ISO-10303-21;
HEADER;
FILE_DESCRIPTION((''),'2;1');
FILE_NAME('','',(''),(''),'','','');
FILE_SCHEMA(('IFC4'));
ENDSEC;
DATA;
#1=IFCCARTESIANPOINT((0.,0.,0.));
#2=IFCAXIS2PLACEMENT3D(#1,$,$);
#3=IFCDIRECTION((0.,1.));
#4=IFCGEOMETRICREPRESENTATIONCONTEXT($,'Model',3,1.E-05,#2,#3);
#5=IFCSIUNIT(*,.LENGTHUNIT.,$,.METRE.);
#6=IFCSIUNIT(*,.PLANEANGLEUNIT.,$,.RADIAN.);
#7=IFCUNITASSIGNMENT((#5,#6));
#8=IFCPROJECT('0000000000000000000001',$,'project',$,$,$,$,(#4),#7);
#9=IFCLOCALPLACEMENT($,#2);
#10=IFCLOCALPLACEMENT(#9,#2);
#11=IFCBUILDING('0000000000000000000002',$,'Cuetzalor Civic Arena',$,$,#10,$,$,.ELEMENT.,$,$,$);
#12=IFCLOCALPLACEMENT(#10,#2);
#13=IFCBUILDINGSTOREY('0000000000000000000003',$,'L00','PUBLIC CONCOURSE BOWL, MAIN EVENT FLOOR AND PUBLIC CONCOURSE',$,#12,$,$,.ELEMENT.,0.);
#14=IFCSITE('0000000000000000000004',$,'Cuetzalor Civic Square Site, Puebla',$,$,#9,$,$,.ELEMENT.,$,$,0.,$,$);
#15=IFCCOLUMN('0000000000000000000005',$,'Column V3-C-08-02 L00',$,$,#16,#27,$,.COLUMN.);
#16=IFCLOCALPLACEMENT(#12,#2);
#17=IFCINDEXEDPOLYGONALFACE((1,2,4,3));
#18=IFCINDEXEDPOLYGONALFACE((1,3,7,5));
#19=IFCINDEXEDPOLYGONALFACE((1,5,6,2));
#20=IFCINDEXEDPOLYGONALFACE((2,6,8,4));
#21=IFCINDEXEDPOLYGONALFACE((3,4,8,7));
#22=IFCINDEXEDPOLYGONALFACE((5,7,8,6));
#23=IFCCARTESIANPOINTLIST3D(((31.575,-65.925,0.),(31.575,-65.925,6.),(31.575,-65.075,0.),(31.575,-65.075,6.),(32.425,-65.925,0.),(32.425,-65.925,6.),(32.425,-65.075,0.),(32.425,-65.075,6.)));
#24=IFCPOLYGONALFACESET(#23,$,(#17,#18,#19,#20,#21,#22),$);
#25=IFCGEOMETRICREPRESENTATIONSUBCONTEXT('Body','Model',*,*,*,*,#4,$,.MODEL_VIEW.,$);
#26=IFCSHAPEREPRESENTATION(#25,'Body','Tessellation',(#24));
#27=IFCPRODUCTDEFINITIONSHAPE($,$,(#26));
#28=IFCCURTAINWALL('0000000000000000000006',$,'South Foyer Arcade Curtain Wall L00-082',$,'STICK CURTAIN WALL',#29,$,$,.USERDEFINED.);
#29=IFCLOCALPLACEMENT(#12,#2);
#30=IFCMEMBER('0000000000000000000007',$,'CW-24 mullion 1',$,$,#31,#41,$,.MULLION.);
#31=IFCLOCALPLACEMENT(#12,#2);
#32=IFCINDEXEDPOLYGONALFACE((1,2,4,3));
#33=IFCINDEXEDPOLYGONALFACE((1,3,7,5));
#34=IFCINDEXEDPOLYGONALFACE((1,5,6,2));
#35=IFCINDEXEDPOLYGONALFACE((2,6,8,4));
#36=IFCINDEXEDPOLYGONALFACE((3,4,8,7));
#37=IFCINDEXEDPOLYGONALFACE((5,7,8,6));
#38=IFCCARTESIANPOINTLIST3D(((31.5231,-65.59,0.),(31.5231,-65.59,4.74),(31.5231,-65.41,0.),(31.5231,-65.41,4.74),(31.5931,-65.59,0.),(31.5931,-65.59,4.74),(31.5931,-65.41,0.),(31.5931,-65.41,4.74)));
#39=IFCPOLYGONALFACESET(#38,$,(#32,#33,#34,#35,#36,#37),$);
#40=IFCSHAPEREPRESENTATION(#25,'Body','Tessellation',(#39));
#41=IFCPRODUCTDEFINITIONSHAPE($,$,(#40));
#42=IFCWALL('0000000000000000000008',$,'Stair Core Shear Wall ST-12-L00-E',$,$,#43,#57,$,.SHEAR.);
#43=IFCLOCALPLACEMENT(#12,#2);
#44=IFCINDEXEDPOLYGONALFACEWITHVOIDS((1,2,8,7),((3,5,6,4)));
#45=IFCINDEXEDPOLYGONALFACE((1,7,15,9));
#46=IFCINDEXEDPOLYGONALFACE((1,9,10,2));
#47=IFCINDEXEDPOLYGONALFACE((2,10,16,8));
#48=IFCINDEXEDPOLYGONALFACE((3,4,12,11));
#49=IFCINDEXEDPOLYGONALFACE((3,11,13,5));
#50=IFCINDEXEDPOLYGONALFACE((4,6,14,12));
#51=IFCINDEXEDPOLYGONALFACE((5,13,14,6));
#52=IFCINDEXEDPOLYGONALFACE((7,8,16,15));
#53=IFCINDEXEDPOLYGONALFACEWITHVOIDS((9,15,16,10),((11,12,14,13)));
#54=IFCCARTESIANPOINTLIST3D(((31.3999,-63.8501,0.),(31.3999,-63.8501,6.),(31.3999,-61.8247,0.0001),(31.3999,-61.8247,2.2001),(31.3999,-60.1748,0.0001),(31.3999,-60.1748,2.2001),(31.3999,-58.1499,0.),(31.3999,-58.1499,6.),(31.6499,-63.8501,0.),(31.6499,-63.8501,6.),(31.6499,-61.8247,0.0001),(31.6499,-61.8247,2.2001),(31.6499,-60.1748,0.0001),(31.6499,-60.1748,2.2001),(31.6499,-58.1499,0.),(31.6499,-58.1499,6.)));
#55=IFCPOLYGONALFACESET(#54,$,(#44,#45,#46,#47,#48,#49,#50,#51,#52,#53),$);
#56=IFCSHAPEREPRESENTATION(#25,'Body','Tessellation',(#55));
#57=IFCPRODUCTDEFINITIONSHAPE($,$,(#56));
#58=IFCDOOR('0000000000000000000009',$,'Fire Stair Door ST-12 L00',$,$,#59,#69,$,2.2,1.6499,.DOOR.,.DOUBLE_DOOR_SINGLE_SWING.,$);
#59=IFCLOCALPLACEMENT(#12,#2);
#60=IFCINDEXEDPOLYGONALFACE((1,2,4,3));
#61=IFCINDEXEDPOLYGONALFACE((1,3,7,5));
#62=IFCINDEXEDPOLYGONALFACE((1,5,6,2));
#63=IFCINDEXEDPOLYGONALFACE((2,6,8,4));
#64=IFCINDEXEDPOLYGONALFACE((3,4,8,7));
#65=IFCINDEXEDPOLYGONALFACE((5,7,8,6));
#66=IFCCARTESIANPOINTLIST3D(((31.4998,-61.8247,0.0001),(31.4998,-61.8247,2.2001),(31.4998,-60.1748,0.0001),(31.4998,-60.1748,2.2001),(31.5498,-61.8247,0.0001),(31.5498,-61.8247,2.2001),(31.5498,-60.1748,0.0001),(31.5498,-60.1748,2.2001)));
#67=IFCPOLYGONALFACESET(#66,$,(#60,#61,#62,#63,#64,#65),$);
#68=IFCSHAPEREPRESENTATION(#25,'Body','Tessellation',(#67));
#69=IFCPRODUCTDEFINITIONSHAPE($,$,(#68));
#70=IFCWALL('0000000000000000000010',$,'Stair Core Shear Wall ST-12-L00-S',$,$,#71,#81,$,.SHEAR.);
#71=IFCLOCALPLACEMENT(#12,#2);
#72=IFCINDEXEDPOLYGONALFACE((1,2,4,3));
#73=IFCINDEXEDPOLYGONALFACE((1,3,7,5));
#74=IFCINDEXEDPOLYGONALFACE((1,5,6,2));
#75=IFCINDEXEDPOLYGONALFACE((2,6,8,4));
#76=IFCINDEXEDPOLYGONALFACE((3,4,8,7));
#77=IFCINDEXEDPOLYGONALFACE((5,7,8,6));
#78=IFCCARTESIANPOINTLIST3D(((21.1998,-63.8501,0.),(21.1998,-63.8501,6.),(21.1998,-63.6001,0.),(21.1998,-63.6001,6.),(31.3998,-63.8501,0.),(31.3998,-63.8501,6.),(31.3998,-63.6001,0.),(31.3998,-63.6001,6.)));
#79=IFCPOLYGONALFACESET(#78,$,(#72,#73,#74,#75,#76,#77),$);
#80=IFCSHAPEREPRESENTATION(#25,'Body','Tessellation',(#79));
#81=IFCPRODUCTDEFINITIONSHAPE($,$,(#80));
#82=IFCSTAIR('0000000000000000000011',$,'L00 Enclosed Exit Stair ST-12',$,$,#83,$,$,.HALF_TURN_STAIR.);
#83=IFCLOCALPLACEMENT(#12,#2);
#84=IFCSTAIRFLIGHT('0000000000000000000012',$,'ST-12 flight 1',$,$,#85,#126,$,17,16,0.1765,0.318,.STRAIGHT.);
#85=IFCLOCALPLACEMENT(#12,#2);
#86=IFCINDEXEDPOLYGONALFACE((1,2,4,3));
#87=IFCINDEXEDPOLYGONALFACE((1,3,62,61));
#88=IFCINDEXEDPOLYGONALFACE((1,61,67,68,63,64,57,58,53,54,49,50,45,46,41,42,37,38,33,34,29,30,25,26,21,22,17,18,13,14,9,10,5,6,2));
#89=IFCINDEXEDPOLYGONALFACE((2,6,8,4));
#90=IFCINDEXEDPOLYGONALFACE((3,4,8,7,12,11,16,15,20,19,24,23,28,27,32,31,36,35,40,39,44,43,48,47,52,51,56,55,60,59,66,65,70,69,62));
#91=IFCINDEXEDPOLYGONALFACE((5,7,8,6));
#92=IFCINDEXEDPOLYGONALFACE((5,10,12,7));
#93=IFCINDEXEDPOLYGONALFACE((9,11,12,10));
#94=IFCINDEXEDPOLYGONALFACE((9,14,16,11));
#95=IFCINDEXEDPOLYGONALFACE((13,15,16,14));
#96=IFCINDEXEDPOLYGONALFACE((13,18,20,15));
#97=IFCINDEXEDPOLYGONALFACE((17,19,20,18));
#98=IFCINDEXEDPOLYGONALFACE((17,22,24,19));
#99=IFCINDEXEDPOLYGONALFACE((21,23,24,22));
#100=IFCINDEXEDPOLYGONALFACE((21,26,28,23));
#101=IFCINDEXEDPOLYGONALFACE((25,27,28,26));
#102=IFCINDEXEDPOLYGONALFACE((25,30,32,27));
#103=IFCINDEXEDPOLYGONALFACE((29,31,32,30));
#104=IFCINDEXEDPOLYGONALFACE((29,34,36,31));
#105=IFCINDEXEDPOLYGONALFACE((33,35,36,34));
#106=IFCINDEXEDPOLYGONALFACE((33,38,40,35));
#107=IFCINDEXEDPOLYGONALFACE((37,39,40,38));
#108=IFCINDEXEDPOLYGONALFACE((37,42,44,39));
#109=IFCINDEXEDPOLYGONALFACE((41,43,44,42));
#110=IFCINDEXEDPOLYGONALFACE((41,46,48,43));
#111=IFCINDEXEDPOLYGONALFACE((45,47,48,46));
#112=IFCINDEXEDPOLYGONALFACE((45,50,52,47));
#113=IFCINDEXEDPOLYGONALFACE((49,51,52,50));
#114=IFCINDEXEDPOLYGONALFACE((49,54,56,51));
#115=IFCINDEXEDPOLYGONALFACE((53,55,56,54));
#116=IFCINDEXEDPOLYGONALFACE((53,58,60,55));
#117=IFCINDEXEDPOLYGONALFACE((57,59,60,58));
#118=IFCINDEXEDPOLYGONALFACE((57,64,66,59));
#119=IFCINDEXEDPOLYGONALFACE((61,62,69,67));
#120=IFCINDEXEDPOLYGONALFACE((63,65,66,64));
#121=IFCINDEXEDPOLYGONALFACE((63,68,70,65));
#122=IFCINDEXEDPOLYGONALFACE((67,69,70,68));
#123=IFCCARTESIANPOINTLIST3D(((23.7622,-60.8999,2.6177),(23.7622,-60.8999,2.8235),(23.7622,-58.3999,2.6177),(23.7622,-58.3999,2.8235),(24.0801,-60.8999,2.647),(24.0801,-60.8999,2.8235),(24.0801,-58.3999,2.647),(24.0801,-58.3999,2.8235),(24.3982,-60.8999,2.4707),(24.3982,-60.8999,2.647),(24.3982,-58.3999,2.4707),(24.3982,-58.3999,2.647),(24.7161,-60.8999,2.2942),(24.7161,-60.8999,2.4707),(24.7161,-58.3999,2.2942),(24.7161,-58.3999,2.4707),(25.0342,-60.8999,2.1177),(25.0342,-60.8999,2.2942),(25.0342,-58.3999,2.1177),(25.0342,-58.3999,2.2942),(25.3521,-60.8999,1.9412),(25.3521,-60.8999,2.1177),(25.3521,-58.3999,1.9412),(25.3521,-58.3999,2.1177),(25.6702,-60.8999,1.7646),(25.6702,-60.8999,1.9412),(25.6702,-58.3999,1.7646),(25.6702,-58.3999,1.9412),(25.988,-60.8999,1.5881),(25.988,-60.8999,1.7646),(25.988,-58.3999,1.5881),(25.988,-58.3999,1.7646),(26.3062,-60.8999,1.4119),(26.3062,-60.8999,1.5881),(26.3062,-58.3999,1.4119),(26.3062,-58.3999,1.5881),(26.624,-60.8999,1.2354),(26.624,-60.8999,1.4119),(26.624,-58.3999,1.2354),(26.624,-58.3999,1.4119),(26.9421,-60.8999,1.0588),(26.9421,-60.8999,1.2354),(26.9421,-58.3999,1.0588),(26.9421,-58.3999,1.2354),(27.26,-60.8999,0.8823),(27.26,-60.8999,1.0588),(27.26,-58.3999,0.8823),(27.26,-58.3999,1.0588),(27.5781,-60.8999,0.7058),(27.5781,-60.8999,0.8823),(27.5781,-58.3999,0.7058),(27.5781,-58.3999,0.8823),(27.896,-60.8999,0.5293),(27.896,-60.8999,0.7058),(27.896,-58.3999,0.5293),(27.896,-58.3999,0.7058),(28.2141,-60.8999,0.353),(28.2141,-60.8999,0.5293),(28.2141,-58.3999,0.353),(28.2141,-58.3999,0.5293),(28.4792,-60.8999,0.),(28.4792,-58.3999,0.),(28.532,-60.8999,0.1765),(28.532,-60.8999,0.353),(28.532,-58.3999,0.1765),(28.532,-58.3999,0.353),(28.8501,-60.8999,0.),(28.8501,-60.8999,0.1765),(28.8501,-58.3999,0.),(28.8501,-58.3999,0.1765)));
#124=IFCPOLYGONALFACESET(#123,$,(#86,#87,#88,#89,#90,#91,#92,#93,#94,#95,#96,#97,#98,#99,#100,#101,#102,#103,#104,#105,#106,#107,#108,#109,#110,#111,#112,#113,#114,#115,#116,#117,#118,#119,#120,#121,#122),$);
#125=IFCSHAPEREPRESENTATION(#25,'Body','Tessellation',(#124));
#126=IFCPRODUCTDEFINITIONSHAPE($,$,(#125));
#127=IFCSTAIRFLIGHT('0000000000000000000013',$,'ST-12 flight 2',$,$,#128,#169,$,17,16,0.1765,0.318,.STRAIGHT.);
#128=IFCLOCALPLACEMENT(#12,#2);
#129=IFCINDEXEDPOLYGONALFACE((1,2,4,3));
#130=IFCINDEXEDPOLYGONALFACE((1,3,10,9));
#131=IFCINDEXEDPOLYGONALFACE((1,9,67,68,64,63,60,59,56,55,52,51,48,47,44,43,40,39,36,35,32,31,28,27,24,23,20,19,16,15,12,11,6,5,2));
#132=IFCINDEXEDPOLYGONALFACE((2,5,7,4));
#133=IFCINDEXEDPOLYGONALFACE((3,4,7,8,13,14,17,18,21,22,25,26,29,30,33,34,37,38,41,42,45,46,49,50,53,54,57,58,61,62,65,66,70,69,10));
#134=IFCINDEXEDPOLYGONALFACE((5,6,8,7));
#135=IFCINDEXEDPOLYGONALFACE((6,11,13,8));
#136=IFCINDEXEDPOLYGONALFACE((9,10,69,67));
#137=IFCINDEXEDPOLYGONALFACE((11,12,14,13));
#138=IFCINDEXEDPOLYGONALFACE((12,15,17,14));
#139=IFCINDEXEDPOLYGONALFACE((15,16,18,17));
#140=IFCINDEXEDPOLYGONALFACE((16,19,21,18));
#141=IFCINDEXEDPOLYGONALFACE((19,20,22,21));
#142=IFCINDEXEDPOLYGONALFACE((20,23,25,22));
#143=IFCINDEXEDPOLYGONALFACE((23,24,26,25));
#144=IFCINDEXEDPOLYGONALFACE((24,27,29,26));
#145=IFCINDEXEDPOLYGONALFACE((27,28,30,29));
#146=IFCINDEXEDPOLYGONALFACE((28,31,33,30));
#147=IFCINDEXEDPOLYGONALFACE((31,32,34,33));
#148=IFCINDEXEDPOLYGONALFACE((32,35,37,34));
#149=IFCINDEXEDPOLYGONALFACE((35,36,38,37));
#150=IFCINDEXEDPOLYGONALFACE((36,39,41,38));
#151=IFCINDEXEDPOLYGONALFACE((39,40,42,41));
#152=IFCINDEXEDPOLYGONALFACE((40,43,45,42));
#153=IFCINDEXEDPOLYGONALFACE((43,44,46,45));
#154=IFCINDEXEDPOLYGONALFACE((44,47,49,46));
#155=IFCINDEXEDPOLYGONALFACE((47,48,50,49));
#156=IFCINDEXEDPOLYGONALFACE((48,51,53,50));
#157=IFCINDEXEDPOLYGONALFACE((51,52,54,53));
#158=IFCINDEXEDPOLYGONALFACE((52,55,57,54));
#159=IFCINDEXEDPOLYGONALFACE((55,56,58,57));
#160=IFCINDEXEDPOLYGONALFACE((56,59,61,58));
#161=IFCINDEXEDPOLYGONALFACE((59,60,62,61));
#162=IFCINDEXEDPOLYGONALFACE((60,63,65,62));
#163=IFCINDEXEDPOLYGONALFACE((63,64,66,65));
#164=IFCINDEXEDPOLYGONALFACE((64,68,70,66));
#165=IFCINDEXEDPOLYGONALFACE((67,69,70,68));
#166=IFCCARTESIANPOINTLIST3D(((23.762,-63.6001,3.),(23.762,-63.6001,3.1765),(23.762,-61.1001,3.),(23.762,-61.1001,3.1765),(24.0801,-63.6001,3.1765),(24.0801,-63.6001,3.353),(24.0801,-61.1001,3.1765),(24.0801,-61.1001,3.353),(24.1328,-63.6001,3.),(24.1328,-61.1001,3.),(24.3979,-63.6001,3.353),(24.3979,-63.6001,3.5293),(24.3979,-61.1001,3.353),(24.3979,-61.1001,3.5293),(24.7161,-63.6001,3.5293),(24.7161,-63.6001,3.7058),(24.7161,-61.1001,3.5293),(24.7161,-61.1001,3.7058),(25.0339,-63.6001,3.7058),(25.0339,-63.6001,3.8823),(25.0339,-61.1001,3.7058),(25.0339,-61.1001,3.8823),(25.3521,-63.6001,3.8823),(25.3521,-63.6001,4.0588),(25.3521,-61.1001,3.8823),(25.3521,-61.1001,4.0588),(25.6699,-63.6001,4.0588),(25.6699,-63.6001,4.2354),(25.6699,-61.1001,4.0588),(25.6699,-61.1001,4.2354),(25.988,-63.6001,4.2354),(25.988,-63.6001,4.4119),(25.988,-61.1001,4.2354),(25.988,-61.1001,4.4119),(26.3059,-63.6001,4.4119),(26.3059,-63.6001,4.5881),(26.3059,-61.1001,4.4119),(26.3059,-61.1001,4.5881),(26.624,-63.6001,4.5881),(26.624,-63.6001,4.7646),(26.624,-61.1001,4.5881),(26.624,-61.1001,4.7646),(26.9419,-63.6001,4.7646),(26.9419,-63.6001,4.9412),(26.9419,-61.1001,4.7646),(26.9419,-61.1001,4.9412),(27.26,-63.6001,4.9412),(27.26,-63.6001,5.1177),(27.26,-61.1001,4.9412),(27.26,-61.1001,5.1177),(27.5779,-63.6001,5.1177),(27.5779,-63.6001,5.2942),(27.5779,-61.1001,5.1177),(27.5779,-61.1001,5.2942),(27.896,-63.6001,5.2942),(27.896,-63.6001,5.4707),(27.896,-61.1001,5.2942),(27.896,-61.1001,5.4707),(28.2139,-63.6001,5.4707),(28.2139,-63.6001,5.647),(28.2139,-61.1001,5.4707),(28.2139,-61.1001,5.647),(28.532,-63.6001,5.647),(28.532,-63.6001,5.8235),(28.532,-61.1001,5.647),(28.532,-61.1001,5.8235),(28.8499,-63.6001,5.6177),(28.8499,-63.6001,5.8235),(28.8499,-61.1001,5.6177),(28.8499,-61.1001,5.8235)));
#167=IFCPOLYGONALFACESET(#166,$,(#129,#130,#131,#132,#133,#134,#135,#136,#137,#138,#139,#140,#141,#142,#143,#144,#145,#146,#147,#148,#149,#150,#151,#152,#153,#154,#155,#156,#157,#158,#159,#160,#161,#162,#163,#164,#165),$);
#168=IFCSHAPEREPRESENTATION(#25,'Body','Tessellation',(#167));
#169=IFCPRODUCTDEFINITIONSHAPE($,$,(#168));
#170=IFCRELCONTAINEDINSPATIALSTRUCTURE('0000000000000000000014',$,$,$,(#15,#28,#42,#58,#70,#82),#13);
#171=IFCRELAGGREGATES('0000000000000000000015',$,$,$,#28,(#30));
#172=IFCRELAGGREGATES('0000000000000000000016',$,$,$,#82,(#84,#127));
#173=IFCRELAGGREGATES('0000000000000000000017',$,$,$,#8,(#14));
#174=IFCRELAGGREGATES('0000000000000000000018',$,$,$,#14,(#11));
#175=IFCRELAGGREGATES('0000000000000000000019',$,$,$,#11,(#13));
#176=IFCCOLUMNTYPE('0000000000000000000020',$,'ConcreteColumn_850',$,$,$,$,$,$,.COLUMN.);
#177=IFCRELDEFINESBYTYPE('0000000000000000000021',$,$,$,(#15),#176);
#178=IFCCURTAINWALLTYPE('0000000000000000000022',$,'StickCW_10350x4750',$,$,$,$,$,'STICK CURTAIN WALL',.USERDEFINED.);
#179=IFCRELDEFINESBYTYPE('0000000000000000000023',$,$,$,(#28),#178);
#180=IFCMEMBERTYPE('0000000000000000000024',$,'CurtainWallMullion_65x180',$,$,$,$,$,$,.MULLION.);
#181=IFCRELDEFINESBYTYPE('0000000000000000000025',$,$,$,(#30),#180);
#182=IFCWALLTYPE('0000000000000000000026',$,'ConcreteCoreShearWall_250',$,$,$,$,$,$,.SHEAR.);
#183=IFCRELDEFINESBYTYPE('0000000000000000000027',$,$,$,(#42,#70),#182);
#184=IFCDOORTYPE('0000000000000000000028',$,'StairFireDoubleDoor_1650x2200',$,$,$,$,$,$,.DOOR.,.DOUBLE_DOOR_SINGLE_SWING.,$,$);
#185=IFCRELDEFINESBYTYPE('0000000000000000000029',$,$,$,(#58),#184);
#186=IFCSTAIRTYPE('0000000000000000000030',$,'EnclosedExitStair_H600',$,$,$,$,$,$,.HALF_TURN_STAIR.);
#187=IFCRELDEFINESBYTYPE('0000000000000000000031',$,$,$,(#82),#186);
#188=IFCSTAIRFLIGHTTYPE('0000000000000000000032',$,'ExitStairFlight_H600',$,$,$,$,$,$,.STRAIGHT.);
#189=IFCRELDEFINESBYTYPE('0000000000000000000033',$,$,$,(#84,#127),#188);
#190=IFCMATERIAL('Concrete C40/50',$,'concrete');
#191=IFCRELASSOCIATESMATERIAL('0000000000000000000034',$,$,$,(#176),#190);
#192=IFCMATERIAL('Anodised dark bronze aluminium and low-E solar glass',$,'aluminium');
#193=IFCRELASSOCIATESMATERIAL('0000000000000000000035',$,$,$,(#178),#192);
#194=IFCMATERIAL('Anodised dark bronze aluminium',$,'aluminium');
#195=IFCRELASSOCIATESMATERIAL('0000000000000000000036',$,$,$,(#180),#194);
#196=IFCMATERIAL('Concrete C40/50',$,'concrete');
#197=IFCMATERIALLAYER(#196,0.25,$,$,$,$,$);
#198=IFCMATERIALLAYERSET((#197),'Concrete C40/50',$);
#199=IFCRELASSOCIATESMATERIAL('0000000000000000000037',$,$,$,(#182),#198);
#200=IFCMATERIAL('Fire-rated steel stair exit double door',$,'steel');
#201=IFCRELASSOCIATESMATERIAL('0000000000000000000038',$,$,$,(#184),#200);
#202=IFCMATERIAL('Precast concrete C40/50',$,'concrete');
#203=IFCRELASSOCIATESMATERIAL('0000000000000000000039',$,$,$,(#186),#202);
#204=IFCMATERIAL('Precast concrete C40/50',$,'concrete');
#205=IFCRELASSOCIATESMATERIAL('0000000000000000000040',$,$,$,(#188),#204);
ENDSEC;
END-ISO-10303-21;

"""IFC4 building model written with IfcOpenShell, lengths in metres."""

from ifc_helpers import new_model, si_unit, direction, frame, frame_2d, origin, origin_2d, place, context, subcontext, project, spatial, polyline, rectangle, outline, extrude, material, layer, layer_set, material_profile, profile_set, type_object, element, fill, aggregate, save


model = new_model("IFC4")

# Units and contexts
model_context = context("Model", 3, precision=1e-05, world=origin(), true_north=direction((0.0, 1.0)))
body_context = subcontext(model_context, "Body", "Model", "MODEL_VIEW")
ifc_project = project(units=[si_unit("LENGTHUNIT", "METRE"), si_unit("PLANEANGLEUNIT", "RADIAN")], contexts=[model_context])

# Site, building, storey
site_placement = place(None, origin())
site = spatial("IfcSite", under=ifc_project, at=site_placement, Name="Cuetzalor Civic Square Site, Puebla", CompositionType="ELEMENT", RefElevation=0.0)
building_placement = place(site_placement, origin())
building = spatial("IfcBuilding", under=site, at=building_placement, Name="Cuetzalor Civic Arena", CompositionType="ELEMENT")
storey_placement = place(building_placement, origin())
storey = spatial("IfcBuildingStorey", under=building, at=storey_placement, Name="L00", Description="PUBLIC CONCOURSE BOWL, MAIN EVENT FLOOR AND PUBLIC CONCOURSE", CompositionType="ELEMENT", Elevation=0.0)

# Column
ifc_material_1 = material(Name="Concrete C40/50", Category="concrete")
ifc_material_profile_1 = material_profile(ifc_material_1, rectangle(XDim=0.8501, YDim=0.8501, at=origin_2d()), Name="RC 850x850")
ifc_profile_set_1 = profile_set([ifc_material_profile_1], Name="Concrete C40/50")
column_type = type_object("IfcColumnType", Name="ConcreteColumn_850", PredefinedType="COLUMN", material=ifc_profile_set_1)
column_placement = place(storey_placement, frame((32.0, -65.5, 0.0), z_axis=(0.0, 0.0, 1.0), x_axis=(1.0, 0.0, 0.0)))
element("IfcColumn", 1, at=column_placement, inside=storey, type_object=column_type, Name="Column V3-C-08-02 L00", PredefinedType="COLUMN", context=body_context, shape_type="SweptSolid", body=[
    extrude(rectangle(XDim=0.8501, YDim=0.8501, at=origin_2d()), origin(), (0.0, 0.0, 1.0), 6.0),
])

# Curtain wall, member
ifc_material_2 = material(Name="Anodised dark bronze aluminium and low-E solar glass", Category="aluminium")
curtain_wall_type = type_object("IfcCurtainWallType", Name="StickCW_10350x4750", ElementType="STICK CURTAIN WALL", PredefinedType="USERDEFINED", material=ifc_material_2)
curtain_wall_placement = place(storey_placement, origin())
curtain_wall = element("IfcCurtainWall", 2, at=curtain_wall_placement, inside=storey, type_object=curtain_wall_type, Name="South Foyer Arcade Curtain Wall L00-082", ObjectType="STICK CURTAIN WALL", PredefinedType="USERDEFINED")
ifc_material_3 = material(Name="Anodised dark bronze aluminium", Category="aluminium")
ifc_material_profile_2 = material_profile(ifc_material_3, rectangle(XDim=0.0701, YDim=0.1799, at=origin_2d()), Name="ALU MULLION 70x180")
ifc_profile_set_2 = profile_set([ifc_material_profile_2], Name="Anodised dark bronze aluminium")
member_type = type_object("IfcMemberType", Name="CurtainWallMullion_65x180", PredefinedType="MULLION", material=ifc_profile_set_2)
member_placement = place(storey_placement, frame((31.5581, -65.5, 0.0), z_axis=(0.0, 0.0, 1.0), x_axis=(-1.0, 0.0, 0.0)))
member = element("IfcMember", 3, at=member_placement, type_object=member_type, Name="CW-24 mullion 1", PredefinedType="MULLION", context=body_context, shape_type="SweptSolid", body=[
    extrude(rectangle(XDim=0.0701, YDim=0.1799, at=origin_2d()), origin(), (0.0, 0.0, 1.0), 4.74),
])
aggregate(curtain_wall, [member])

# Wall, opening, door
ifc_material_4 = material(Name="Concrete C40/50", Category="concrete")
ifc_layer = layer(ifc_material_4, 0.25)
ifc_layer_set = layer_set([ifc_layer], Name="Concrete C40/50")
wall_type = type_object("IfcWallType", Name="ConcreteCoreShearWall_250", PredefinedType="SHEAR", material=ifc_layer_set)
wall_1_placement = place(storey_placement, frame((31.5249, -58.1499, 0.0), z_axis=(0.0, 0.0, 1.0), x_axis=(0.0, -1.0, 0.0)))
wall_1 = element("IfcWall", 4, at=wall_1_placement, inside=storey, type_object=wall_type, Name="Stair Core Shear Wall ST-12-L00-E", PredefinedType="SHEAR", context=body_context, shape_type="SweptSolid", body=[
    extrude(rectangle(XDim=5.7002, YDim=0.25, at=frame_2d((2.8501, 0.0))), origin(), (0.0, 0.0, 1.0), 6.0),
])
opening_placement = place(wall_1_placement, frame((2.0249, 0.0, 0.0)))
opening = element("IfcOpeningElement", 5, at=opening_placement, cuts=wall_1, PredefinedType="OPENING", context=body_context, shape_type="SweptSolid", body=[
    extrude(rectangle(XDim=1.6499, YDim=2.2, at=frame_2d((0.825, 1.1001))), frame((0.0, 0.135, 0.0), z_axis=(0.0, -1.0, 0.0), x_axis=(1.0, 0.0, 0.0)), (0.0, 0.0, 1.0), 0.27),
])
ifc_material_5 = material(Name="Fire-rated steel stair exit double door", Category="steel")
door_type = type_object("IfcDoorType", Name="StairFireDoubleDoor_1650x2200", OperationType="DOUBLE_DOOR_SINGLE_SWING", PredefinedType="DOOR", material=ifc_material_5)
door_placement = place(opening_placement, origin())
door = element("IfcDoor", 6, at=door_placement, inside=storey, type_object=door_type, Name="Fire Stair Door ST-12 L00", OperationType="DOUBLE_DOOR_SINGLE_SWING", OverallHeight=2.2, OverallWidth=1.6499, PredefinedType="DOOR", context=body_context, shape_type="SweptSolid", body=[
    extrude(rectangle(XDim=1.6499, YDim=2.2, at=frame_2d((0.825, 1.1001))), frame((0.0, 0.0249, 0.0), z_axis=(0.0, -1.0, 0.0), x_axis=(1.0, 0.0, 0.0)), (0.0, 0.0, 1.0), 0.05),
])
fill(opening, door)

# Wall
wall_2_placement = place(storey_placement, frame((31.3999, -63.7251, 0.0), z_axis=(0.0, 0.0, 1.0), x_axis=(-1.0, 0.0, 0.0)))
element("IfcWall", 7, at=wall_2_placement, inside=storey, type_object=wall_type, Name="Stair Core Shear Wall ST-12-L00-S", PredefinedType="SHEAR", context=body_context, shape_type="SweptSolid", body=[
    extrude(rectangle(XDim=10.2, YDim=0.25, at=frame_2d((5.1001, 0.0))), origin(), (0.0, 0.0, 1.0), 6.0),
])

# Stair, stair flights
ifc_material_6 = material(Name="Precast concrete C40/50", Category="concrete")
stair_type = type_object("IfcStairType", Name="EnclosedExitStair_H600", PredefinedType="HALF_TURN_STAIR", material=ifc_material_6)
stair_placement = place(storey_placement, origin())
stair = element("IfcStair", 8, at=stair_placement, inside=storey, type_object=stair_type, Name="L00 Enclosed Exit Stair ST-12", PredefinedType="HALF_TURN_STAIR")
ifc_material_7 = material(Name="Precast concrete C40/50", Category="concrete")
stair_flight_type = type_object("IfcStairFlightType", Name="ExitStairFlight_H600", PredefinedType="STRAIGHT", material=ifc_material_7)
stair_flight_1_placement = place(storey_placement, frame((28.8501, -59.6499, 0.0), z_axis=(0.0, 0.0, 1.0), x_axis=(-1.0, 0.0, 0.0)))
stair_flight_1 = element("IfcStairFlight", 9, at=stair_flight_1_placement, type_object=stair_flight_type, Name="ST-12 flight 1", NumberOfRisers=17, NumberOfTreads=16, PredefinedType="STRAIGHT", RiserHeight=0.1765, TreadLength=0.318, context=body_context, shape_type="SweptSolid", body=[
    extrude(outline(polyline([(0.0, 0.0), (0.0, 0.1765), (0.3181, 0.1765), (0.3181, 0.353), (0.636, 0.353), (0.636, 0.5293), (0.9541, 0.5293), (0.9541, 0.7058), (1.272, 0.7058), (1.272, 0.8823), (1.5901, 0.8823), (1.5901, 1.0588), (1.908, 1.0588), (1.908, 1.2354), (2.2261, 1.2354), (2.2261, 1.4119), (2.5439, 1.4119), (2.5439, 1.5881), (2.8621, 1.5881), (2.8621, 1.7646), (3.1799, 1.7646), (3.1799, 1.9412), (3.498, 1.9412), (3.498, 2.1177), (3.8159, 2.1177), (3.8159, 2.2942), (4.134, 2.2942), (4.134, 2.4707), (4.4519, 2.4707), (4.4519, 2.647), (4.77, 2.647), (4.77, 2.8235), (5.0879, 2.8235), (5.0879, 3.0), (5.0879, 2.6177), (0.3708, 0.0), (0.0, 0.0)])), frame((0.0, 1.25, 0.0), z_axis=(0.0, -1.0, 0.0), x_axis=(1.0, 0.0, 0.0)), (0.0, 0.0, 1.0), 2.5),
])
stair_flight_2_placement = place(storey_placement, frame((23.762, -62.3501, 3.0), z_axis=(0.0, 0.0, 1.0), x_axis=(1.0, 0.0, 0.0)))
stair_flight_2 = element("IfcStairFlight", 10, at=stair_flight_2_placement, type_object=stair_flight_type, Name="ST-12 flight 2", NumberOfRisers=17, NumberOfTreads=16, PredefinedType="STRAIGHT", RiserHeight=0.1765, TreadLength=0.318, context=body_context, shape_type="SweptSolid", body=[
    extrude(outline(polyline([(0.0, 0.0), (0.0, 0.1765), (0.3181, 0.1765), (0.3181, 0.353), (0.636, 0.353), (0.636, 0.5293), (0.9541, 0.5293), (0.9541, 0.7058), (1.272, 0.7058), (1.272, 0.8823), (1.5901, 0.8823), (1.5901, 1.0588), (1.908, 1.0588), (1.908, 1.2354), (2.2261, 1.2354), (2.2261, 1.4119), (2.5439, 1.4119), (2.5439, 1.5881), (2.8621, 1.5881), (2.8621, 1.7646), (3.1799, 1.7646), (3.1799, 1.9412), (3.498, 1.9412), (3.498, 2.1177), (3.8159, 2.1177), (3.8159, 2.2942), (4.134, 2.2942), (4.134, 2.4707), (4.4519, 2.4707), (4.4519, 2.647), (4.77, 2.647), (4.77, 2.8235), (5.0879, 2.8235), (5.0879, 3.0), (5.0879, 2.6177), (0.3708, 0.0), (0.0, 0.0)])), frame((0.0, 1.25, 0.0), z_axis=(0.0, -1.0, 0.0), x_axis=(1.0, 0.0, 0.0)), (0.0, 0.0, 1.0), 2.5),
])
aggregate(stair, [stair_flight_1, stair_flight_2])

save(model, "model.ifc")
